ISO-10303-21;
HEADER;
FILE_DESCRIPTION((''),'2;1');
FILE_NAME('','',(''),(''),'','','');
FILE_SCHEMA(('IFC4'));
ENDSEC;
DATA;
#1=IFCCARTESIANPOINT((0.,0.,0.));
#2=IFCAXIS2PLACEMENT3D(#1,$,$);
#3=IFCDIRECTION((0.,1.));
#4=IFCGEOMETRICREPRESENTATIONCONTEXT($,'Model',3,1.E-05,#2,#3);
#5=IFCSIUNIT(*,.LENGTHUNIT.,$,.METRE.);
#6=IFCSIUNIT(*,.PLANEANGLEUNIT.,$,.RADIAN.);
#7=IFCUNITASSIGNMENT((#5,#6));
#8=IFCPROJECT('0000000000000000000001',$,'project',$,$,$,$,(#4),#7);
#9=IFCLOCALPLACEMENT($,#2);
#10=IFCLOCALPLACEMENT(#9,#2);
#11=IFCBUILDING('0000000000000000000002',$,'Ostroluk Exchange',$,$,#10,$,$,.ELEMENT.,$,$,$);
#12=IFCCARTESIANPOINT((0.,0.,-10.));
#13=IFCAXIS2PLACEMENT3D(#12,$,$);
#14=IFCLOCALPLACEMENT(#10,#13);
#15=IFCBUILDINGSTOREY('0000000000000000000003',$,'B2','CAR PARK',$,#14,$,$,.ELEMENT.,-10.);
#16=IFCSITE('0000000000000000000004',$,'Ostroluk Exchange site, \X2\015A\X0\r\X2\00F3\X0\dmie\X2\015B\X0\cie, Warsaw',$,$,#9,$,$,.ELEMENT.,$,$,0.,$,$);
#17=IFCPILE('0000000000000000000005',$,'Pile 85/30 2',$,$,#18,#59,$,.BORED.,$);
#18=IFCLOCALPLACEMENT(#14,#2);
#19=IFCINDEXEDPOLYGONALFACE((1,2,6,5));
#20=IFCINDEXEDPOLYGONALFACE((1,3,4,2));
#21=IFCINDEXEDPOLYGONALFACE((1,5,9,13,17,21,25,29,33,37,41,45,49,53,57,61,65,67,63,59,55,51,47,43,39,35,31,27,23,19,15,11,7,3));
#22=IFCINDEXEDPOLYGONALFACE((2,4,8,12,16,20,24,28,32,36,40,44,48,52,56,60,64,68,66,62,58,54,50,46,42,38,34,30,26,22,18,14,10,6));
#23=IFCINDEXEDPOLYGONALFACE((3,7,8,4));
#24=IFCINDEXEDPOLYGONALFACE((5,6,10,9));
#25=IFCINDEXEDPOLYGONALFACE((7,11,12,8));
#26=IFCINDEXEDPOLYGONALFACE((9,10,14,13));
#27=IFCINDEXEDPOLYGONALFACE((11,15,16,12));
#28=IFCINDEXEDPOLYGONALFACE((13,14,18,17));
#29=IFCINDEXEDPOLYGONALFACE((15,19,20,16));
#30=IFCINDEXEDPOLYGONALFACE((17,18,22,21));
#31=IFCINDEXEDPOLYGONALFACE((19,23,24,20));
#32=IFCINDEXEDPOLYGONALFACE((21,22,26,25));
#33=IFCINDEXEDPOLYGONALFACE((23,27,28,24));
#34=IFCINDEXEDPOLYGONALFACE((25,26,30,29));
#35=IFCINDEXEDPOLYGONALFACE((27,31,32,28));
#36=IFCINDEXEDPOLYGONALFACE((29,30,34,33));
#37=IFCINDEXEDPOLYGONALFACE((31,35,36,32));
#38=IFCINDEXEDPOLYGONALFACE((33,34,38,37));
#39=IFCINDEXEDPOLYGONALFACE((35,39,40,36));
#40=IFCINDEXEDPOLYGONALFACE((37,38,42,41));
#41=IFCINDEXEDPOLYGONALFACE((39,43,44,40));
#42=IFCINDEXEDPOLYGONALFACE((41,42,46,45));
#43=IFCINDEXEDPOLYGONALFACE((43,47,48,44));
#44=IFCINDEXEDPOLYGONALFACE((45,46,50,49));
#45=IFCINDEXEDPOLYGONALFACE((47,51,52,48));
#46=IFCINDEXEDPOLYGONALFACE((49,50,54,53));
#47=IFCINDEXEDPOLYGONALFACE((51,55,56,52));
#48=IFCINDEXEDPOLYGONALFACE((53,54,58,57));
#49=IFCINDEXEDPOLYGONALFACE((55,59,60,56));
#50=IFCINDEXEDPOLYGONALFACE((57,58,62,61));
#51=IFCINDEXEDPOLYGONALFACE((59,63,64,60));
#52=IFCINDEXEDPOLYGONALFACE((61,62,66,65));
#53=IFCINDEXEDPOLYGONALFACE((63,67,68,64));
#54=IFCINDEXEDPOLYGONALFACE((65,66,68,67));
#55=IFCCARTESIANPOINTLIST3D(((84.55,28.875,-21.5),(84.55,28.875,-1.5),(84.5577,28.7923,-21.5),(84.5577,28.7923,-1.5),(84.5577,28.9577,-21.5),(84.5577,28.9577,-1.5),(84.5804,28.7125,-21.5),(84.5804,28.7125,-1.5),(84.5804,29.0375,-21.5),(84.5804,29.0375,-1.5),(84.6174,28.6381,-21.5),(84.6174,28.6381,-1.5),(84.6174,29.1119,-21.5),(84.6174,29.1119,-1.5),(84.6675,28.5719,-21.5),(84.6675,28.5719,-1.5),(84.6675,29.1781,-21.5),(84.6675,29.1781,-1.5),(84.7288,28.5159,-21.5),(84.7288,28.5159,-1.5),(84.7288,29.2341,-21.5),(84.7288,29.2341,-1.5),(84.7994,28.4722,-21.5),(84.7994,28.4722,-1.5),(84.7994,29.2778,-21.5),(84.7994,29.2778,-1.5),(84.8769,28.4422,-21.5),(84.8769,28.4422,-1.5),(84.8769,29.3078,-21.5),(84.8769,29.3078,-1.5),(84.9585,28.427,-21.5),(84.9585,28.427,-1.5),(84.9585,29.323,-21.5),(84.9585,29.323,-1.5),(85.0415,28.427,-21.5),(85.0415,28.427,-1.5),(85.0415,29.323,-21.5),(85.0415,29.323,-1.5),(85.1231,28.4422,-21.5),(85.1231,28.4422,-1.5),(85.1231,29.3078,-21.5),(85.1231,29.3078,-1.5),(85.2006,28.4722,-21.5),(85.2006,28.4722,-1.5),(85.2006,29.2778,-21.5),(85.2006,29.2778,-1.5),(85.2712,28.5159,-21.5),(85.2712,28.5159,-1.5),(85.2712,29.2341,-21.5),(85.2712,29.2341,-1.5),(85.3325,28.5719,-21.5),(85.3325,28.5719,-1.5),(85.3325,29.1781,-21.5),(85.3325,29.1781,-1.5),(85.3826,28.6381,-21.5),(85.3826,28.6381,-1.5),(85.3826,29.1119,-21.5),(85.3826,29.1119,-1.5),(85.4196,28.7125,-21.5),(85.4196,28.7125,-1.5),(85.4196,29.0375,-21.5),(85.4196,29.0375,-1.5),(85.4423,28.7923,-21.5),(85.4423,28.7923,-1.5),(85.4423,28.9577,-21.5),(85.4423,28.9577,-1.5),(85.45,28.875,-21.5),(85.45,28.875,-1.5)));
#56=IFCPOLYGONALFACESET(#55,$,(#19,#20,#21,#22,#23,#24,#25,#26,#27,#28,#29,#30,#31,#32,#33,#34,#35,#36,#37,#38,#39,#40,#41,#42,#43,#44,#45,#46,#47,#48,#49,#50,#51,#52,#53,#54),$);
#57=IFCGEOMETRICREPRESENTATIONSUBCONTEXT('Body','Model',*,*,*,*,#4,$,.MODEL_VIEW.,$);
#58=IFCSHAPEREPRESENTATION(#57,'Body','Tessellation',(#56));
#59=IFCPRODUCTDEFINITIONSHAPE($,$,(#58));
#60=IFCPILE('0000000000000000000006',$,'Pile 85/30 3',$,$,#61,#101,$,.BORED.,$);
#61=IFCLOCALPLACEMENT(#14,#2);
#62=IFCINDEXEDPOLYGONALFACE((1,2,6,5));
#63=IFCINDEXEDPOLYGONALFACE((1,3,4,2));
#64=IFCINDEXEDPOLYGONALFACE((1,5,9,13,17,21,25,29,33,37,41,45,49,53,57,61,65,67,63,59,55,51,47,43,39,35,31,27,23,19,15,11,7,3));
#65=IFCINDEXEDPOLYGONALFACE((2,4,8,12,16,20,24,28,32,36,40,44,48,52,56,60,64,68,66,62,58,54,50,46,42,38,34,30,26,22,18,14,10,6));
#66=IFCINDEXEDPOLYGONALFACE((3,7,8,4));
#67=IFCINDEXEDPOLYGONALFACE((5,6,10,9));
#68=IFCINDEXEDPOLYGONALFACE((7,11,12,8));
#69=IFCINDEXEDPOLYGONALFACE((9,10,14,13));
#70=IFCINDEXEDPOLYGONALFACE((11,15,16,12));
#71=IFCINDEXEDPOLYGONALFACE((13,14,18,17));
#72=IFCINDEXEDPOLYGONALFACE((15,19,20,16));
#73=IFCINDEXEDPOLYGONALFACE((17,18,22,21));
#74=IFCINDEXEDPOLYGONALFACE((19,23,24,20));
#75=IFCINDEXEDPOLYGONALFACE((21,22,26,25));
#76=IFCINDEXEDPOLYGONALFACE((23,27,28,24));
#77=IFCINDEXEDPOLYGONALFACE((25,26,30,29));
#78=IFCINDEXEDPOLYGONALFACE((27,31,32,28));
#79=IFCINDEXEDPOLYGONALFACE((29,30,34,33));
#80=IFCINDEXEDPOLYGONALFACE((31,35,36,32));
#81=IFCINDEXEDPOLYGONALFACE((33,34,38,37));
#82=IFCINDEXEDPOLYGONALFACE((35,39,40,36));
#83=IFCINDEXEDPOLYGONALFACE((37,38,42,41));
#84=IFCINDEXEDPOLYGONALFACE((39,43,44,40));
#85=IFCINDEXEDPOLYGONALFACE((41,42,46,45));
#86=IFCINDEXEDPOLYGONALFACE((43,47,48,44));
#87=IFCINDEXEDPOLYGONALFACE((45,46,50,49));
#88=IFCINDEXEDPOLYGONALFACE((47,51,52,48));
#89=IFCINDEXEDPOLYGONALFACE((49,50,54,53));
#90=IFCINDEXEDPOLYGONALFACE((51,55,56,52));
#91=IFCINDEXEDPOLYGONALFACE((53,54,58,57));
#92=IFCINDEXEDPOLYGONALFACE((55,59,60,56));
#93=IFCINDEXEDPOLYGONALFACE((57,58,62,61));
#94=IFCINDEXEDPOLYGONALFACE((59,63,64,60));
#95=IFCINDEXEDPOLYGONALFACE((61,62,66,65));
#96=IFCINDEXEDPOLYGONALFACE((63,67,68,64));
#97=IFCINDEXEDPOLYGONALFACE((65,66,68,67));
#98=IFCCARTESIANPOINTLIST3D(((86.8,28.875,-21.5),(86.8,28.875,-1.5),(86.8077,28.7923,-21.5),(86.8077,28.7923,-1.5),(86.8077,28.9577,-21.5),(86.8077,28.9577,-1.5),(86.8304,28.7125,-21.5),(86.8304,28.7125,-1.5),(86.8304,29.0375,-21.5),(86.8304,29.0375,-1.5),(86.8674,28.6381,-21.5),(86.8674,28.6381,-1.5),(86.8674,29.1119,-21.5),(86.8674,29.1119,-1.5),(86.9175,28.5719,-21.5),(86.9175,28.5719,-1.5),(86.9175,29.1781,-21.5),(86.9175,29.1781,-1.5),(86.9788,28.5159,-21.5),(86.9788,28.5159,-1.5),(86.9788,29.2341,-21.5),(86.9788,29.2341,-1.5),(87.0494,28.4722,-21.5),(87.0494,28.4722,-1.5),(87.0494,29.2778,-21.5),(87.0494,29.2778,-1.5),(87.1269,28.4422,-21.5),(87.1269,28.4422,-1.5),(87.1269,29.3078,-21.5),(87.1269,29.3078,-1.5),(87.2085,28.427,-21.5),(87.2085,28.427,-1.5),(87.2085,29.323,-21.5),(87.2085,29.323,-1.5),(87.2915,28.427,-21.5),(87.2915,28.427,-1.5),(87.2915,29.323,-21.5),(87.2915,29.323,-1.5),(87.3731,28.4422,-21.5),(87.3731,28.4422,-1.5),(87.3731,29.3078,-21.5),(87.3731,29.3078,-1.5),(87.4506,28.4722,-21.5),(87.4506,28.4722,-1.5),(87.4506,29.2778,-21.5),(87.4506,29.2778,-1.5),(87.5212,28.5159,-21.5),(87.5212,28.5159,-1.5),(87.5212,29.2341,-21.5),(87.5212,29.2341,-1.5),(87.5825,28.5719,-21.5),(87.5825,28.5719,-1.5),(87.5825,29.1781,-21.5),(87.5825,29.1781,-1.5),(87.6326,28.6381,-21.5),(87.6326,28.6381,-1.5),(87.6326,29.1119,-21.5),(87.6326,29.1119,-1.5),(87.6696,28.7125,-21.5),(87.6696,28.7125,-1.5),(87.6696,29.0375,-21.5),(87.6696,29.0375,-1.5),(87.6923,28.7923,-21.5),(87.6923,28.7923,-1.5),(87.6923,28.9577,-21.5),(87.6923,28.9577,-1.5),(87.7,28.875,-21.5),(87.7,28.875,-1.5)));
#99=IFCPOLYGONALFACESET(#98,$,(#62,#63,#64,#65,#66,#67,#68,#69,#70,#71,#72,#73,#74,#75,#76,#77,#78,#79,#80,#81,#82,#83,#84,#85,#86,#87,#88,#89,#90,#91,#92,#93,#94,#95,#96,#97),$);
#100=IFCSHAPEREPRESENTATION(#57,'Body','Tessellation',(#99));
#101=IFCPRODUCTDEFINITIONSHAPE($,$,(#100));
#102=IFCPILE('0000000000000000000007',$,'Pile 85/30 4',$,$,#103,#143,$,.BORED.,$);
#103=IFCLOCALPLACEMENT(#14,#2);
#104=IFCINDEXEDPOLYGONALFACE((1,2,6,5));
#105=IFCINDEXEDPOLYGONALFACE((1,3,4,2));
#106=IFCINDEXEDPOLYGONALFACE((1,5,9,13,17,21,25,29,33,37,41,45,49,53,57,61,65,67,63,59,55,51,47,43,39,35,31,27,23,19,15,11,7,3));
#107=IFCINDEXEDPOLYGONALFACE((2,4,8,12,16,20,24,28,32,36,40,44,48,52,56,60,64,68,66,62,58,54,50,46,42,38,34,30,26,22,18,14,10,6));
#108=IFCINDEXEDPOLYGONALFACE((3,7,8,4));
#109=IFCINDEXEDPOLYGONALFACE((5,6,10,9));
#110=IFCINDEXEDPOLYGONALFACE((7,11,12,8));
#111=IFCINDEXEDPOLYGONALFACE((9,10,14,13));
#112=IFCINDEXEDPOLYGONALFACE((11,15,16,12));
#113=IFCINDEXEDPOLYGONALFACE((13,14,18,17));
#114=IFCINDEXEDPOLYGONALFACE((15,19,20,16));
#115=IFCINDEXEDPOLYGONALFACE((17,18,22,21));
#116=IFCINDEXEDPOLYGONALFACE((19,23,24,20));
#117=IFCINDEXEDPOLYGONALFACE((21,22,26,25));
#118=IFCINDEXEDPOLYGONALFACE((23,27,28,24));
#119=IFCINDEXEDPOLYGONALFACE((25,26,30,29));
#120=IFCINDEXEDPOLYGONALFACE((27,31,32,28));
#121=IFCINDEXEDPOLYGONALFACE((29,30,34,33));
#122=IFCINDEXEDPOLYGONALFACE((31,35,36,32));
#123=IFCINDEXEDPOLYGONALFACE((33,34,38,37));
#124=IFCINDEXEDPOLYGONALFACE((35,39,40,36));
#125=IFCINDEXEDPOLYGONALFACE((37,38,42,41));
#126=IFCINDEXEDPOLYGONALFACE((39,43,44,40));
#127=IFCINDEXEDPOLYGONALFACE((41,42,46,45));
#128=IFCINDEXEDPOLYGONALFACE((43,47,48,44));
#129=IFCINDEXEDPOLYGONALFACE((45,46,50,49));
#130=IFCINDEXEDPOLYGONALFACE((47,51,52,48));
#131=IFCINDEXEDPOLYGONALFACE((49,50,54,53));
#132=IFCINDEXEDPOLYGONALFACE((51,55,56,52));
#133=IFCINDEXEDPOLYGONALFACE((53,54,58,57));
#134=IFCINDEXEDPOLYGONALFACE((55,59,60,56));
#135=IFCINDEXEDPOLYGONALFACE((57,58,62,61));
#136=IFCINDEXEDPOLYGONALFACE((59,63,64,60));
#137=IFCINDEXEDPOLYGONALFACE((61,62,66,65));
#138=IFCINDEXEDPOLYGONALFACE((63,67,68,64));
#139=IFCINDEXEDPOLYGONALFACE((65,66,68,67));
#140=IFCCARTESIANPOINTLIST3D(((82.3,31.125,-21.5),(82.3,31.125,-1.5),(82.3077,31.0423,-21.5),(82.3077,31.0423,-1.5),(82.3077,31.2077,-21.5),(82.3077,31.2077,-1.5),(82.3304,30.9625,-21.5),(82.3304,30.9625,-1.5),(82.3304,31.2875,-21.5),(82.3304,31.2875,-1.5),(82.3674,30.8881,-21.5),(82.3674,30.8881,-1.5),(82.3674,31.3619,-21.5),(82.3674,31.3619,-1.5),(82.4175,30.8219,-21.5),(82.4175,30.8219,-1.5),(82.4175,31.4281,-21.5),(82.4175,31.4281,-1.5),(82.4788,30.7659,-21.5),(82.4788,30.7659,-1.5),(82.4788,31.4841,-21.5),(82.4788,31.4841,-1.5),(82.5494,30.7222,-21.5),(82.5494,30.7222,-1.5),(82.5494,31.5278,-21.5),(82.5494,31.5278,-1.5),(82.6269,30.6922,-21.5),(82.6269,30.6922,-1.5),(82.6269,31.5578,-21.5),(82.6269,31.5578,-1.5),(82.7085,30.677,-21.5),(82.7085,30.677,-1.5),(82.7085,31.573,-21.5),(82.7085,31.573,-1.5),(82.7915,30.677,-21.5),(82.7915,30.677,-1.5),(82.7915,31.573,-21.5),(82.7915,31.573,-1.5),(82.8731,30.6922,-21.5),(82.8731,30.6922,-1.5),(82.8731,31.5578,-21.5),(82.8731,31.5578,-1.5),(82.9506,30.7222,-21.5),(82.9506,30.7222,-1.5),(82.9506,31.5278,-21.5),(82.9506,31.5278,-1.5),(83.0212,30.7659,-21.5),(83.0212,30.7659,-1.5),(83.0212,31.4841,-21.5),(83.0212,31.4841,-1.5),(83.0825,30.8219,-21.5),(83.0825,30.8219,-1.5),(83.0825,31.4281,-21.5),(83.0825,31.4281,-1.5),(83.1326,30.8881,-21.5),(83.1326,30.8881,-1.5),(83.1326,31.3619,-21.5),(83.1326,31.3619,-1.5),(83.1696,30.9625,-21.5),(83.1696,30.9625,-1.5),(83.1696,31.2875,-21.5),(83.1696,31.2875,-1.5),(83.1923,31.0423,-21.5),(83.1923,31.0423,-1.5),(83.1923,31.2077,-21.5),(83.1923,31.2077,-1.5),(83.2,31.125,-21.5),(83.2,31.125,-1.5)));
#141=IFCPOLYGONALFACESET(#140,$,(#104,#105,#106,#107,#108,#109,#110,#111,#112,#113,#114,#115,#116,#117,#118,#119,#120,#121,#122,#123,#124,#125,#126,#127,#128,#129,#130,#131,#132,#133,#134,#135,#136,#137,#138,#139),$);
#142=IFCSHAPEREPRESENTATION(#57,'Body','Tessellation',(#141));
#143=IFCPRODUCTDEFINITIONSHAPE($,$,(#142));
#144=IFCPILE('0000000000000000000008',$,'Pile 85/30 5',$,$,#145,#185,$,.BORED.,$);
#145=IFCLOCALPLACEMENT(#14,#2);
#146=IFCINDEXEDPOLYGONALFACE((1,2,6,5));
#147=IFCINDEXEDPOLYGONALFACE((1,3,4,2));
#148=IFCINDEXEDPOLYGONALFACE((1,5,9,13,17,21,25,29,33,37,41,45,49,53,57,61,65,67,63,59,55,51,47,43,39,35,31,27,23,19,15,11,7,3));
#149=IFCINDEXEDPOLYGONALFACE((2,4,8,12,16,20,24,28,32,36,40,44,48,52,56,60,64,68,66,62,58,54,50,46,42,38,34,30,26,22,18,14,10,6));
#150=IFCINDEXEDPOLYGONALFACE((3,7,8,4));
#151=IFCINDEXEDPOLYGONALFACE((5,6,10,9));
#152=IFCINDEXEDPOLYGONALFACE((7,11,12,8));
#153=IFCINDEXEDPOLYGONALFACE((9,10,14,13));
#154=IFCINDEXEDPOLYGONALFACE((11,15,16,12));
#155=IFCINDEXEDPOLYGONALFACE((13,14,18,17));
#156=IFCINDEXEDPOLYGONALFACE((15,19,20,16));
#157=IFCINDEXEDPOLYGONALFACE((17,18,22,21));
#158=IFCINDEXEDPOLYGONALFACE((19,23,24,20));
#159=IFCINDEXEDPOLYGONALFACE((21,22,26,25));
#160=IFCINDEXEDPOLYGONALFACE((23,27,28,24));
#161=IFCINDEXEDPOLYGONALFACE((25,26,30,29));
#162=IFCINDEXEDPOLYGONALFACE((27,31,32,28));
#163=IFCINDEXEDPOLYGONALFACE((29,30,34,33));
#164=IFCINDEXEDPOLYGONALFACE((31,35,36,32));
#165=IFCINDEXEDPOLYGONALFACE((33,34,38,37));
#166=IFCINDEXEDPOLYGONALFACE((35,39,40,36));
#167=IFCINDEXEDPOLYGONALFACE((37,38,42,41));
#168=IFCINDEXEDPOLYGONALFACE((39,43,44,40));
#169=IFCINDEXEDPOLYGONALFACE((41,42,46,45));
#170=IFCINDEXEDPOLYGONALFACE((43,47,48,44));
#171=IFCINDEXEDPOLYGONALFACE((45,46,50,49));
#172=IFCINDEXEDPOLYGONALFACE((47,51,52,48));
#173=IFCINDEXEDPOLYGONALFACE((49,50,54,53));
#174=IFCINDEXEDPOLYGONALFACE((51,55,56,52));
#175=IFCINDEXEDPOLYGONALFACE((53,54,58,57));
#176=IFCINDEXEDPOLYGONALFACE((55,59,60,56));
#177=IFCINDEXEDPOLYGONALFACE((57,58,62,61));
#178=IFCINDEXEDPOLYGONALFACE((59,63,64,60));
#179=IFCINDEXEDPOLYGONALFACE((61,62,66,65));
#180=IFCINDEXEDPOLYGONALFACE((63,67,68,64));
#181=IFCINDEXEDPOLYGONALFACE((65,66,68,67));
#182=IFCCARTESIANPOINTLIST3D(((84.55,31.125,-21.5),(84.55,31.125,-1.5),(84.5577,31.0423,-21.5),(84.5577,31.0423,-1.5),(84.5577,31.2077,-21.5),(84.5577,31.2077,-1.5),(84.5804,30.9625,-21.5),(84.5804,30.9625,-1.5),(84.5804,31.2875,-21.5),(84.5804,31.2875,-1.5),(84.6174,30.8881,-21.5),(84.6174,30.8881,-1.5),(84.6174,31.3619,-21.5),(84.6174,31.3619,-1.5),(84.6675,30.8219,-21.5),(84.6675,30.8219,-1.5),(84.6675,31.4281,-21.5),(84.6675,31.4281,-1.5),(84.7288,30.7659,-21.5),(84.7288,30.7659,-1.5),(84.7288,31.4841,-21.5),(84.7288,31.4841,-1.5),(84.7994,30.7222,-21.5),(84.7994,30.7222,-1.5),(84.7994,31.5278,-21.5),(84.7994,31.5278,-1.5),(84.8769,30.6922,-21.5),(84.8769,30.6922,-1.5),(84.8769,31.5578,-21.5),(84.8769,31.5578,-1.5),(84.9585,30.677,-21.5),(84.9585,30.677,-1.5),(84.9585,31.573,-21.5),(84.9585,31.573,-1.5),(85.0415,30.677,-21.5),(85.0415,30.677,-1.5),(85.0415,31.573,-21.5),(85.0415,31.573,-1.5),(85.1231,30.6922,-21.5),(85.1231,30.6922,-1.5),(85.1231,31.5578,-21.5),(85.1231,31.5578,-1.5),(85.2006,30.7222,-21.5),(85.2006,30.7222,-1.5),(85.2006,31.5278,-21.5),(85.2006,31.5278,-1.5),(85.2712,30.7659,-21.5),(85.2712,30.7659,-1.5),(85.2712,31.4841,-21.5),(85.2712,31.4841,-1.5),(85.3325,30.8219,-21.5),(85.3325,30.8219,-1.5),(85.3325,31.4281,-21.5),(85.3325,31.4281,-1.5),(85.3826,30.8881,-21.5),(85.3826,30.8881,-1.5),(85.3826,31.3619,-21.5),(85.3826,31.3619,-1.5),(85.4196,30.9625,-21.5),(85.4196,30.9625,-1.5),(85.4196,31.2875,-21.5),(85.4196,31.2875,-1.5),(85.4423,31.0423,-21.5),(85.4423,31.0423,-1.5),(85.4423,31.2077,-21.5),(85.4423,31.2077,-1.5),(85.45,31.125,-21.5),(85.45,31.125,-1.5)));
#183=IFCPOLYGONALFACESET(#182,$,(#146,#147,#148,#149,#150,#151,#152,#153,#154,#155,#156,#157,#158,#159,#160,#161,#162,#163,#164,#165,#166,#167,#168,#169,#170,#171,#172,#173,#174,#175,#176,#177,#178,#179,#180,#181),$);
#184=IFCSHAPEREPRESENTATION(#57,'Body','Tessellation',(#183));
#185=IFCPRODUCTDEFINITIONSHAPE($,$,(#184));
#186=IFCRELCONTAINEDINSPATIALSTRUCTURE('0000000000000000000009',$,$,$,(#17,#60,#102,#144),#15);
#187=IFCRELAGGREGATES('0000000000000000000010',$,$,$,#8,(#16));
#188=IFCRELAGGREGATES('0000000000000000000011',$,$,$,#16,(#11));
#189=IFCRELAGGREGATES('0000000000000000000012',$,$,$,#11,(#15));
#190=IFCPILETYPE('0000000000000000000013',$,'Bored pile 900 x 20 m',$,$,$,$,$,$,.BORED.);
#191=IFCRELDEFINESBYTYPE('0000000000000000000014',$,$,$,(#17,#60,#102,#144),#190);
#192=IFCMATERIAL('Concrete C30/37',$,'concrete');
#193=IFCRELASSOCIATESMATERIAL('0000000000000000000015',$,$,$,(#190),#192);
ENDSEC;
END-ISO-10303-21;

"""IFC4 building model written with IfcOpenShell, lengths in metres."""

from ifc_helpers import new_model, si_unit, direction, frame, origin, origin_2d, place, context, subcontext, project, spatial, circle, extrude, material, type_object, element, save


model = new_model("IFC4")

# Units and contexts
model_context = context("Model", 3, precision=1e-05, world=origin(), true_north=direction((0.0, 1.0)))
body_context = subcontext(model_context, "Body", "Model", "MODEL_VIEW")
ifc_project = project(units=[si_unit("LENGTHUNIT", "METRE"), si_unit("PLANEANGLEUNIT", "RADIAN")], contexts=[model_context])

# Site, building, storey
site_placement = place(None, origin())
site = spatial("IfcSite", under=ifc_project, at=site_placement, Name="Ostroluk Exchange site, Śródmieście, Warsaw", CompositionType="ELEMENT", RefElevation=0.0)
building_placement = place(site_placement, origin())
building = spatial("IfcBuilding", under=site, at=building_placement, Name="Ostroluk Exchange", CompositionType="ELEMENT")
storey_placement = place(building_placement, frame((0.0, 0.0, -10.0)))
storey = spatial("IfcBuildingStorey", under=building, at=storey_placement, Name="B2", Description="CAR PARK", CompositionType="ELEMENT", Elevation=-10.0)

# Piles
ifc_material_1 = material(Name="Concrete C30/37", Category="concrete")
pile_type = type_object("IfcPileType", Name="Bored pile 900 x 20 m", PredefinedType="BORED", material=ifc_material_1)
for number, where, z_axis, x_axis, name in (
    (1, (85.0, 28.875, -1.5), (0.0, 0.0, -1.0), (1.0, 0.0, 0.0), "Pile 85/30 2"),
    (2, (87.25, 28.875, -1.5), (0.0, 0.0, -1.0), (1.0, 0.0, 0.0), "Pile 85/30 3"),
    (3, (82.75, 31.125, -1.5), (0.0, 0.0, -1.0), (1.0, 0.0, 0.0), "Pile 85/30 4"),
    (4, (85.0, 31.125, -1.5), (0.0, 0.0, -1.0), (1.0, 0.0, 0.0), "Pile 85/30 5"),
):
    element("IfcPile", number, at=place(storey_placement, frame(where, z_axis=z_axis, x_axis=x_axis)), inside=storey, type_object=pile_type, Name=name, PredefinedType="BORED", context=body_context, shape_type="SweptSolid", body=[
        extrude(circle(Radius=0.45, at=origin_2d()), origin(), (0.0, 0.0, 1.0), 20.0),
    ])

save(model, "model.ifc")
